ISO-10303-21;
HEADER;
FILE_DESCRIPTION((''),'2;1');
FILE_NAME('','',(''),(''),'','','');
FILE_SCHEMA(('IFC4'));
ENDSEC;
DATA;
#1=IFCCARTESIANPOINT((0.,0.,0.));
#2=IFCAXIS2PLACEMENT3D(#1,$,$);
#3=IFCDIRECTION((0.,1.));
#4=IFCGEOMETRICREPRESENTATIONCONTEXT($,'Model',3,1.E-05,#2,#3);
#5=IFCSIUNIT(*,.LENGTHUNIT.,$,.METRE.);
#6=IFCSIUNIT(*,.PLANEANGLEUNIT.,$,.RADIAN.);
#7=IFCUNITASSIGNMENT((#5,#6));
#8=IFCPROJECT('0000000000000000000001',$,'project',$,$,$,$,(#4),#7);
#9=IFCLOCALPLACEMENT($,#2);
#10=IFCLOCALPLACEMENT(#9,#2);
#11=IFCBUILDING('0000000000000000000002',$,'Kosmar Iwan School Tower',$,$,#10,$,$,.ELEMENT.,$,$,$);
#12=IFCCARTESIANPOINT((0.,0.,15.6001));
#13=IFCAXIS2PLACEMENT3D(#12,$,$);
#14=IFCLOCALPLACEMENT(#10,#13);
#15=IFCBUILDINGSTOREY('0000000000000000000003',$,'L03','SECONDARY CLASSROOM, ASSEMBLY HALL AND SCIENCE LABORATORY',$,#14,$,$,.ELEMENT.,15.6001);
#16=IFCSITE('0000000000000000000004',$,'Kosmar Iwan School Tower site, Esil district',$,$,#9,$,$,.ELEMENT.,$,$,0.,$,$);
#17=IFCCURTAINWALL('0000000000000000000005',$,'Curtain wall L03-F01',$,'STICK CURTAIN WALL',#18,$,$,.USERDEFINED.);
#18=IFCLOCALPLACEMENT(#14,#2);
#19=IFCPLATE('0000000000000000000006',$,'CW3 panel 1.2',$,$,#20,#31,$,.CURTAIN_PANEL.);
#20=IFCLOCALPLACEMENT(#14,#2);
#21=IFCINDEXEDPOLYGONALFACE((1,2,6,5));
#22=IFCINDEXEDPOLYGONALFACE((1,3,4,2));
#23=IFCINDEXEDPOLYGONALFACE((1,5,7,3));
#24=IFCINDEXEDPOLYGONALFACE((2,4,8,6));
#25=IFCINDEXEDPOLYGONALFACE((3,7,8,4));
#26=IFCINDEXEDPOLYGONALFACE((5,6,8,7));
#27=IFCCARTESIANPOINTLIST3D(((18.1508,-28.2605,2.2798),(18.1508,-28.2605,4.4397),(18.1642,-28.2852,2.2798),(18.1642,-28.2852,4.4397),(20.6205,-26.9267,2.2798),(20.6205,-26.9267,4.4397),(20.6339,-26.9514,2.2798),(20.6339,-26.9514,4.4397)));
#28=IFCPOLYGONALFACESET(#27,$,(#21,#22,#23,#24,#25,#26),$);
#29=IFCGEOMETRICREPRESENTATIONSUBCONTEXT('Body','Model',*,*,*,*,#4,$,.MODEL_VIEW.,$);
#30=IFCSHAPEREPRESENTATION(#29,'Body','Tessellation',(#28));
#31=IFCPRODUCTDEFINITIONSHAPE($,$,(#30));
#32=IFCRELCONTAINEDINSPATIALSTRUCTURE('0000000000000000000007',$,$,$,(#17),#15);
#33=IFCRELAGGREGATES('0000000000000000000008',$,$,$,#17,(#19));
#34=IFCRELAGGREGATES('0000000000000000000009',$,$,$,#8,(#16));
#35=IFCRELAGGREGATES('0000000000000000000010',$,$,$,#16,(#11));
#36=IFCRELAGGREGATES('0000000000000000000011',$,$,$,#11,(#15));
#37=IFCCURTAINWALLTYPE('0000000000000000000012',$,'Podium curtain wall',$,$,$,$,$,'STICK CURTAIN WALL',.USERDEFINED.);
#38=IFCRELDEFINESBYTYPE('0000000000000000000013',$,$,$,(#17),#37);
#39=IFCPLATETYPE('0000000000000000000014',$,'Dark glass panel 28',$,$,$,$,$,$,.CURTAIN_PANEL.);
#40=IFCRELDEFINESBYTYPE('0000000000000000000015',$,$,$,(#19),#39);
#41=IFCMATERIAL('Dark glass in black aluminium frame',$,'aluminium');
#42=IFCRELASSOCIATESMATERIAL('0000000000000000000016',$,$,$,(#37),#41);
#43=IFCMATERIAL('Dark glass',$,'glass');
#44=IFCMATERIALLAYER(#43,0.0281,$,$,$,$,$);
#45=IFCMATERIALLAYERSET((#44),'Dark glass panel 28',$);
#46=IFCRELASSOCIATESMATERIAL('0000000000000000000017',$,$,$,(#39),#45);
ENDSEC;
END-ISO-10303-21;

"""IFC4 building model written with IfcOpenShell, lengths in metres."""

from ifc_helpers import new_model, si_unit, direction, frame, origin, origin_2d, place, context, subcontext, project, spatial, rectangle, extrude, material, layer, layer_set, type_object, element, aggregate, save


model = new_model("IFC4")

# Units and contexts
model_context = context("Model", 3, precision=1e-05, world=origin(), true_north=direction((0.0, 1.0)))
body_context = subcontext(model_context, "Body", "Model", "MODEL_VIEW")
ifc_project = project(units=[si_unit("LENGTHUNIT", "METRE"), si_unit("PLANEANGLEUNIT", "RADIAN")], contexts=[model_context])

# Site, building, storey
site_placement = place(None, origin())
site = spatial("IfcSite", under=ifc_project, at=site_placement, Name="Kosmar Iwan School Tower site, Esil district", CompositionType="ELEMENT", RefElevation=0.0)
building_placement = place(site_placement, origin())
building = spatial("IfcBuilding", under=site, at=building_placement, Name="Kosmar Iwan School Tower", CompositionType="ELEMENT")
storey_placement = place(building_placement, frame((0.0, 0.0, 15.6001)))
storey = spatial("IfcBuildingStorey", under=building, at=storey_placement, Name="L03", Description="SECONDARY CLASSROOM, ASSEMBLY HALL AND SCIENCE LABORATORY", CompositionType="ELEMENT", Elevation=15.6001)

# Shared definitions
ifc_material_1 = material(Name="Dark glass in black aluminium frame", Category="aluminium")
curtain_wall_type = type_object("IfcCurtainWallType", Name="Podium curtain wall", ElementType="STICK CURTAIN WALL", PredefinedType="USERDEFINED", material=ifc_material_1)

# Curtain wall
curtain_wall_1_placement = place(storey_placement, origin())
curtain_wall_1 = element("IfcCurtainWall", 1, at=curtain_wall_1_placement, inside=storey, type_object=curtain_wall_type, Name="Curtain wall L03-F01", ObjectType="STICK CURTAIN WALL", PredefinedType="USERDEFINED")

# Plate
ifc_material_2 = material(Name="Dark glass", Category="glass")
ifc_layer = layer(ifc_material_2, 0.0281)
ifc_layer_set = layer_set([ifc_layer], Name="Dark glass panel 28")
plate_type = type_object("IfcPlateType", Name="Dark glass panel 28", PredefinedType="CURTAIN_PANEL", material=ifc_layer_set)
plate_1_placement = place(storey_placement, frame((19.3923, -27.606, 2.2798), z_axis=(0.0, 0.0, 1.0), x_axis=(0.879869, 0.475215, 0.0)))
plate_1 = element("IfcPlate", 2, at=plate_1_placement, type_object=plate_type, Name="CW3 panel 1.2", PredefinedType="CURTAIN_PANEL", context=body_context, shape_type="SweptSolid", body=[
    extrude(rectangle(XDim=2.8069, YDim=0.0281, at=origin_2d()), origin(), (0.0, 0.0, 1.0), 2.1599),
])
aggregate(curtain_wall_1, [plate_1])

save(model, "model.ifc")
